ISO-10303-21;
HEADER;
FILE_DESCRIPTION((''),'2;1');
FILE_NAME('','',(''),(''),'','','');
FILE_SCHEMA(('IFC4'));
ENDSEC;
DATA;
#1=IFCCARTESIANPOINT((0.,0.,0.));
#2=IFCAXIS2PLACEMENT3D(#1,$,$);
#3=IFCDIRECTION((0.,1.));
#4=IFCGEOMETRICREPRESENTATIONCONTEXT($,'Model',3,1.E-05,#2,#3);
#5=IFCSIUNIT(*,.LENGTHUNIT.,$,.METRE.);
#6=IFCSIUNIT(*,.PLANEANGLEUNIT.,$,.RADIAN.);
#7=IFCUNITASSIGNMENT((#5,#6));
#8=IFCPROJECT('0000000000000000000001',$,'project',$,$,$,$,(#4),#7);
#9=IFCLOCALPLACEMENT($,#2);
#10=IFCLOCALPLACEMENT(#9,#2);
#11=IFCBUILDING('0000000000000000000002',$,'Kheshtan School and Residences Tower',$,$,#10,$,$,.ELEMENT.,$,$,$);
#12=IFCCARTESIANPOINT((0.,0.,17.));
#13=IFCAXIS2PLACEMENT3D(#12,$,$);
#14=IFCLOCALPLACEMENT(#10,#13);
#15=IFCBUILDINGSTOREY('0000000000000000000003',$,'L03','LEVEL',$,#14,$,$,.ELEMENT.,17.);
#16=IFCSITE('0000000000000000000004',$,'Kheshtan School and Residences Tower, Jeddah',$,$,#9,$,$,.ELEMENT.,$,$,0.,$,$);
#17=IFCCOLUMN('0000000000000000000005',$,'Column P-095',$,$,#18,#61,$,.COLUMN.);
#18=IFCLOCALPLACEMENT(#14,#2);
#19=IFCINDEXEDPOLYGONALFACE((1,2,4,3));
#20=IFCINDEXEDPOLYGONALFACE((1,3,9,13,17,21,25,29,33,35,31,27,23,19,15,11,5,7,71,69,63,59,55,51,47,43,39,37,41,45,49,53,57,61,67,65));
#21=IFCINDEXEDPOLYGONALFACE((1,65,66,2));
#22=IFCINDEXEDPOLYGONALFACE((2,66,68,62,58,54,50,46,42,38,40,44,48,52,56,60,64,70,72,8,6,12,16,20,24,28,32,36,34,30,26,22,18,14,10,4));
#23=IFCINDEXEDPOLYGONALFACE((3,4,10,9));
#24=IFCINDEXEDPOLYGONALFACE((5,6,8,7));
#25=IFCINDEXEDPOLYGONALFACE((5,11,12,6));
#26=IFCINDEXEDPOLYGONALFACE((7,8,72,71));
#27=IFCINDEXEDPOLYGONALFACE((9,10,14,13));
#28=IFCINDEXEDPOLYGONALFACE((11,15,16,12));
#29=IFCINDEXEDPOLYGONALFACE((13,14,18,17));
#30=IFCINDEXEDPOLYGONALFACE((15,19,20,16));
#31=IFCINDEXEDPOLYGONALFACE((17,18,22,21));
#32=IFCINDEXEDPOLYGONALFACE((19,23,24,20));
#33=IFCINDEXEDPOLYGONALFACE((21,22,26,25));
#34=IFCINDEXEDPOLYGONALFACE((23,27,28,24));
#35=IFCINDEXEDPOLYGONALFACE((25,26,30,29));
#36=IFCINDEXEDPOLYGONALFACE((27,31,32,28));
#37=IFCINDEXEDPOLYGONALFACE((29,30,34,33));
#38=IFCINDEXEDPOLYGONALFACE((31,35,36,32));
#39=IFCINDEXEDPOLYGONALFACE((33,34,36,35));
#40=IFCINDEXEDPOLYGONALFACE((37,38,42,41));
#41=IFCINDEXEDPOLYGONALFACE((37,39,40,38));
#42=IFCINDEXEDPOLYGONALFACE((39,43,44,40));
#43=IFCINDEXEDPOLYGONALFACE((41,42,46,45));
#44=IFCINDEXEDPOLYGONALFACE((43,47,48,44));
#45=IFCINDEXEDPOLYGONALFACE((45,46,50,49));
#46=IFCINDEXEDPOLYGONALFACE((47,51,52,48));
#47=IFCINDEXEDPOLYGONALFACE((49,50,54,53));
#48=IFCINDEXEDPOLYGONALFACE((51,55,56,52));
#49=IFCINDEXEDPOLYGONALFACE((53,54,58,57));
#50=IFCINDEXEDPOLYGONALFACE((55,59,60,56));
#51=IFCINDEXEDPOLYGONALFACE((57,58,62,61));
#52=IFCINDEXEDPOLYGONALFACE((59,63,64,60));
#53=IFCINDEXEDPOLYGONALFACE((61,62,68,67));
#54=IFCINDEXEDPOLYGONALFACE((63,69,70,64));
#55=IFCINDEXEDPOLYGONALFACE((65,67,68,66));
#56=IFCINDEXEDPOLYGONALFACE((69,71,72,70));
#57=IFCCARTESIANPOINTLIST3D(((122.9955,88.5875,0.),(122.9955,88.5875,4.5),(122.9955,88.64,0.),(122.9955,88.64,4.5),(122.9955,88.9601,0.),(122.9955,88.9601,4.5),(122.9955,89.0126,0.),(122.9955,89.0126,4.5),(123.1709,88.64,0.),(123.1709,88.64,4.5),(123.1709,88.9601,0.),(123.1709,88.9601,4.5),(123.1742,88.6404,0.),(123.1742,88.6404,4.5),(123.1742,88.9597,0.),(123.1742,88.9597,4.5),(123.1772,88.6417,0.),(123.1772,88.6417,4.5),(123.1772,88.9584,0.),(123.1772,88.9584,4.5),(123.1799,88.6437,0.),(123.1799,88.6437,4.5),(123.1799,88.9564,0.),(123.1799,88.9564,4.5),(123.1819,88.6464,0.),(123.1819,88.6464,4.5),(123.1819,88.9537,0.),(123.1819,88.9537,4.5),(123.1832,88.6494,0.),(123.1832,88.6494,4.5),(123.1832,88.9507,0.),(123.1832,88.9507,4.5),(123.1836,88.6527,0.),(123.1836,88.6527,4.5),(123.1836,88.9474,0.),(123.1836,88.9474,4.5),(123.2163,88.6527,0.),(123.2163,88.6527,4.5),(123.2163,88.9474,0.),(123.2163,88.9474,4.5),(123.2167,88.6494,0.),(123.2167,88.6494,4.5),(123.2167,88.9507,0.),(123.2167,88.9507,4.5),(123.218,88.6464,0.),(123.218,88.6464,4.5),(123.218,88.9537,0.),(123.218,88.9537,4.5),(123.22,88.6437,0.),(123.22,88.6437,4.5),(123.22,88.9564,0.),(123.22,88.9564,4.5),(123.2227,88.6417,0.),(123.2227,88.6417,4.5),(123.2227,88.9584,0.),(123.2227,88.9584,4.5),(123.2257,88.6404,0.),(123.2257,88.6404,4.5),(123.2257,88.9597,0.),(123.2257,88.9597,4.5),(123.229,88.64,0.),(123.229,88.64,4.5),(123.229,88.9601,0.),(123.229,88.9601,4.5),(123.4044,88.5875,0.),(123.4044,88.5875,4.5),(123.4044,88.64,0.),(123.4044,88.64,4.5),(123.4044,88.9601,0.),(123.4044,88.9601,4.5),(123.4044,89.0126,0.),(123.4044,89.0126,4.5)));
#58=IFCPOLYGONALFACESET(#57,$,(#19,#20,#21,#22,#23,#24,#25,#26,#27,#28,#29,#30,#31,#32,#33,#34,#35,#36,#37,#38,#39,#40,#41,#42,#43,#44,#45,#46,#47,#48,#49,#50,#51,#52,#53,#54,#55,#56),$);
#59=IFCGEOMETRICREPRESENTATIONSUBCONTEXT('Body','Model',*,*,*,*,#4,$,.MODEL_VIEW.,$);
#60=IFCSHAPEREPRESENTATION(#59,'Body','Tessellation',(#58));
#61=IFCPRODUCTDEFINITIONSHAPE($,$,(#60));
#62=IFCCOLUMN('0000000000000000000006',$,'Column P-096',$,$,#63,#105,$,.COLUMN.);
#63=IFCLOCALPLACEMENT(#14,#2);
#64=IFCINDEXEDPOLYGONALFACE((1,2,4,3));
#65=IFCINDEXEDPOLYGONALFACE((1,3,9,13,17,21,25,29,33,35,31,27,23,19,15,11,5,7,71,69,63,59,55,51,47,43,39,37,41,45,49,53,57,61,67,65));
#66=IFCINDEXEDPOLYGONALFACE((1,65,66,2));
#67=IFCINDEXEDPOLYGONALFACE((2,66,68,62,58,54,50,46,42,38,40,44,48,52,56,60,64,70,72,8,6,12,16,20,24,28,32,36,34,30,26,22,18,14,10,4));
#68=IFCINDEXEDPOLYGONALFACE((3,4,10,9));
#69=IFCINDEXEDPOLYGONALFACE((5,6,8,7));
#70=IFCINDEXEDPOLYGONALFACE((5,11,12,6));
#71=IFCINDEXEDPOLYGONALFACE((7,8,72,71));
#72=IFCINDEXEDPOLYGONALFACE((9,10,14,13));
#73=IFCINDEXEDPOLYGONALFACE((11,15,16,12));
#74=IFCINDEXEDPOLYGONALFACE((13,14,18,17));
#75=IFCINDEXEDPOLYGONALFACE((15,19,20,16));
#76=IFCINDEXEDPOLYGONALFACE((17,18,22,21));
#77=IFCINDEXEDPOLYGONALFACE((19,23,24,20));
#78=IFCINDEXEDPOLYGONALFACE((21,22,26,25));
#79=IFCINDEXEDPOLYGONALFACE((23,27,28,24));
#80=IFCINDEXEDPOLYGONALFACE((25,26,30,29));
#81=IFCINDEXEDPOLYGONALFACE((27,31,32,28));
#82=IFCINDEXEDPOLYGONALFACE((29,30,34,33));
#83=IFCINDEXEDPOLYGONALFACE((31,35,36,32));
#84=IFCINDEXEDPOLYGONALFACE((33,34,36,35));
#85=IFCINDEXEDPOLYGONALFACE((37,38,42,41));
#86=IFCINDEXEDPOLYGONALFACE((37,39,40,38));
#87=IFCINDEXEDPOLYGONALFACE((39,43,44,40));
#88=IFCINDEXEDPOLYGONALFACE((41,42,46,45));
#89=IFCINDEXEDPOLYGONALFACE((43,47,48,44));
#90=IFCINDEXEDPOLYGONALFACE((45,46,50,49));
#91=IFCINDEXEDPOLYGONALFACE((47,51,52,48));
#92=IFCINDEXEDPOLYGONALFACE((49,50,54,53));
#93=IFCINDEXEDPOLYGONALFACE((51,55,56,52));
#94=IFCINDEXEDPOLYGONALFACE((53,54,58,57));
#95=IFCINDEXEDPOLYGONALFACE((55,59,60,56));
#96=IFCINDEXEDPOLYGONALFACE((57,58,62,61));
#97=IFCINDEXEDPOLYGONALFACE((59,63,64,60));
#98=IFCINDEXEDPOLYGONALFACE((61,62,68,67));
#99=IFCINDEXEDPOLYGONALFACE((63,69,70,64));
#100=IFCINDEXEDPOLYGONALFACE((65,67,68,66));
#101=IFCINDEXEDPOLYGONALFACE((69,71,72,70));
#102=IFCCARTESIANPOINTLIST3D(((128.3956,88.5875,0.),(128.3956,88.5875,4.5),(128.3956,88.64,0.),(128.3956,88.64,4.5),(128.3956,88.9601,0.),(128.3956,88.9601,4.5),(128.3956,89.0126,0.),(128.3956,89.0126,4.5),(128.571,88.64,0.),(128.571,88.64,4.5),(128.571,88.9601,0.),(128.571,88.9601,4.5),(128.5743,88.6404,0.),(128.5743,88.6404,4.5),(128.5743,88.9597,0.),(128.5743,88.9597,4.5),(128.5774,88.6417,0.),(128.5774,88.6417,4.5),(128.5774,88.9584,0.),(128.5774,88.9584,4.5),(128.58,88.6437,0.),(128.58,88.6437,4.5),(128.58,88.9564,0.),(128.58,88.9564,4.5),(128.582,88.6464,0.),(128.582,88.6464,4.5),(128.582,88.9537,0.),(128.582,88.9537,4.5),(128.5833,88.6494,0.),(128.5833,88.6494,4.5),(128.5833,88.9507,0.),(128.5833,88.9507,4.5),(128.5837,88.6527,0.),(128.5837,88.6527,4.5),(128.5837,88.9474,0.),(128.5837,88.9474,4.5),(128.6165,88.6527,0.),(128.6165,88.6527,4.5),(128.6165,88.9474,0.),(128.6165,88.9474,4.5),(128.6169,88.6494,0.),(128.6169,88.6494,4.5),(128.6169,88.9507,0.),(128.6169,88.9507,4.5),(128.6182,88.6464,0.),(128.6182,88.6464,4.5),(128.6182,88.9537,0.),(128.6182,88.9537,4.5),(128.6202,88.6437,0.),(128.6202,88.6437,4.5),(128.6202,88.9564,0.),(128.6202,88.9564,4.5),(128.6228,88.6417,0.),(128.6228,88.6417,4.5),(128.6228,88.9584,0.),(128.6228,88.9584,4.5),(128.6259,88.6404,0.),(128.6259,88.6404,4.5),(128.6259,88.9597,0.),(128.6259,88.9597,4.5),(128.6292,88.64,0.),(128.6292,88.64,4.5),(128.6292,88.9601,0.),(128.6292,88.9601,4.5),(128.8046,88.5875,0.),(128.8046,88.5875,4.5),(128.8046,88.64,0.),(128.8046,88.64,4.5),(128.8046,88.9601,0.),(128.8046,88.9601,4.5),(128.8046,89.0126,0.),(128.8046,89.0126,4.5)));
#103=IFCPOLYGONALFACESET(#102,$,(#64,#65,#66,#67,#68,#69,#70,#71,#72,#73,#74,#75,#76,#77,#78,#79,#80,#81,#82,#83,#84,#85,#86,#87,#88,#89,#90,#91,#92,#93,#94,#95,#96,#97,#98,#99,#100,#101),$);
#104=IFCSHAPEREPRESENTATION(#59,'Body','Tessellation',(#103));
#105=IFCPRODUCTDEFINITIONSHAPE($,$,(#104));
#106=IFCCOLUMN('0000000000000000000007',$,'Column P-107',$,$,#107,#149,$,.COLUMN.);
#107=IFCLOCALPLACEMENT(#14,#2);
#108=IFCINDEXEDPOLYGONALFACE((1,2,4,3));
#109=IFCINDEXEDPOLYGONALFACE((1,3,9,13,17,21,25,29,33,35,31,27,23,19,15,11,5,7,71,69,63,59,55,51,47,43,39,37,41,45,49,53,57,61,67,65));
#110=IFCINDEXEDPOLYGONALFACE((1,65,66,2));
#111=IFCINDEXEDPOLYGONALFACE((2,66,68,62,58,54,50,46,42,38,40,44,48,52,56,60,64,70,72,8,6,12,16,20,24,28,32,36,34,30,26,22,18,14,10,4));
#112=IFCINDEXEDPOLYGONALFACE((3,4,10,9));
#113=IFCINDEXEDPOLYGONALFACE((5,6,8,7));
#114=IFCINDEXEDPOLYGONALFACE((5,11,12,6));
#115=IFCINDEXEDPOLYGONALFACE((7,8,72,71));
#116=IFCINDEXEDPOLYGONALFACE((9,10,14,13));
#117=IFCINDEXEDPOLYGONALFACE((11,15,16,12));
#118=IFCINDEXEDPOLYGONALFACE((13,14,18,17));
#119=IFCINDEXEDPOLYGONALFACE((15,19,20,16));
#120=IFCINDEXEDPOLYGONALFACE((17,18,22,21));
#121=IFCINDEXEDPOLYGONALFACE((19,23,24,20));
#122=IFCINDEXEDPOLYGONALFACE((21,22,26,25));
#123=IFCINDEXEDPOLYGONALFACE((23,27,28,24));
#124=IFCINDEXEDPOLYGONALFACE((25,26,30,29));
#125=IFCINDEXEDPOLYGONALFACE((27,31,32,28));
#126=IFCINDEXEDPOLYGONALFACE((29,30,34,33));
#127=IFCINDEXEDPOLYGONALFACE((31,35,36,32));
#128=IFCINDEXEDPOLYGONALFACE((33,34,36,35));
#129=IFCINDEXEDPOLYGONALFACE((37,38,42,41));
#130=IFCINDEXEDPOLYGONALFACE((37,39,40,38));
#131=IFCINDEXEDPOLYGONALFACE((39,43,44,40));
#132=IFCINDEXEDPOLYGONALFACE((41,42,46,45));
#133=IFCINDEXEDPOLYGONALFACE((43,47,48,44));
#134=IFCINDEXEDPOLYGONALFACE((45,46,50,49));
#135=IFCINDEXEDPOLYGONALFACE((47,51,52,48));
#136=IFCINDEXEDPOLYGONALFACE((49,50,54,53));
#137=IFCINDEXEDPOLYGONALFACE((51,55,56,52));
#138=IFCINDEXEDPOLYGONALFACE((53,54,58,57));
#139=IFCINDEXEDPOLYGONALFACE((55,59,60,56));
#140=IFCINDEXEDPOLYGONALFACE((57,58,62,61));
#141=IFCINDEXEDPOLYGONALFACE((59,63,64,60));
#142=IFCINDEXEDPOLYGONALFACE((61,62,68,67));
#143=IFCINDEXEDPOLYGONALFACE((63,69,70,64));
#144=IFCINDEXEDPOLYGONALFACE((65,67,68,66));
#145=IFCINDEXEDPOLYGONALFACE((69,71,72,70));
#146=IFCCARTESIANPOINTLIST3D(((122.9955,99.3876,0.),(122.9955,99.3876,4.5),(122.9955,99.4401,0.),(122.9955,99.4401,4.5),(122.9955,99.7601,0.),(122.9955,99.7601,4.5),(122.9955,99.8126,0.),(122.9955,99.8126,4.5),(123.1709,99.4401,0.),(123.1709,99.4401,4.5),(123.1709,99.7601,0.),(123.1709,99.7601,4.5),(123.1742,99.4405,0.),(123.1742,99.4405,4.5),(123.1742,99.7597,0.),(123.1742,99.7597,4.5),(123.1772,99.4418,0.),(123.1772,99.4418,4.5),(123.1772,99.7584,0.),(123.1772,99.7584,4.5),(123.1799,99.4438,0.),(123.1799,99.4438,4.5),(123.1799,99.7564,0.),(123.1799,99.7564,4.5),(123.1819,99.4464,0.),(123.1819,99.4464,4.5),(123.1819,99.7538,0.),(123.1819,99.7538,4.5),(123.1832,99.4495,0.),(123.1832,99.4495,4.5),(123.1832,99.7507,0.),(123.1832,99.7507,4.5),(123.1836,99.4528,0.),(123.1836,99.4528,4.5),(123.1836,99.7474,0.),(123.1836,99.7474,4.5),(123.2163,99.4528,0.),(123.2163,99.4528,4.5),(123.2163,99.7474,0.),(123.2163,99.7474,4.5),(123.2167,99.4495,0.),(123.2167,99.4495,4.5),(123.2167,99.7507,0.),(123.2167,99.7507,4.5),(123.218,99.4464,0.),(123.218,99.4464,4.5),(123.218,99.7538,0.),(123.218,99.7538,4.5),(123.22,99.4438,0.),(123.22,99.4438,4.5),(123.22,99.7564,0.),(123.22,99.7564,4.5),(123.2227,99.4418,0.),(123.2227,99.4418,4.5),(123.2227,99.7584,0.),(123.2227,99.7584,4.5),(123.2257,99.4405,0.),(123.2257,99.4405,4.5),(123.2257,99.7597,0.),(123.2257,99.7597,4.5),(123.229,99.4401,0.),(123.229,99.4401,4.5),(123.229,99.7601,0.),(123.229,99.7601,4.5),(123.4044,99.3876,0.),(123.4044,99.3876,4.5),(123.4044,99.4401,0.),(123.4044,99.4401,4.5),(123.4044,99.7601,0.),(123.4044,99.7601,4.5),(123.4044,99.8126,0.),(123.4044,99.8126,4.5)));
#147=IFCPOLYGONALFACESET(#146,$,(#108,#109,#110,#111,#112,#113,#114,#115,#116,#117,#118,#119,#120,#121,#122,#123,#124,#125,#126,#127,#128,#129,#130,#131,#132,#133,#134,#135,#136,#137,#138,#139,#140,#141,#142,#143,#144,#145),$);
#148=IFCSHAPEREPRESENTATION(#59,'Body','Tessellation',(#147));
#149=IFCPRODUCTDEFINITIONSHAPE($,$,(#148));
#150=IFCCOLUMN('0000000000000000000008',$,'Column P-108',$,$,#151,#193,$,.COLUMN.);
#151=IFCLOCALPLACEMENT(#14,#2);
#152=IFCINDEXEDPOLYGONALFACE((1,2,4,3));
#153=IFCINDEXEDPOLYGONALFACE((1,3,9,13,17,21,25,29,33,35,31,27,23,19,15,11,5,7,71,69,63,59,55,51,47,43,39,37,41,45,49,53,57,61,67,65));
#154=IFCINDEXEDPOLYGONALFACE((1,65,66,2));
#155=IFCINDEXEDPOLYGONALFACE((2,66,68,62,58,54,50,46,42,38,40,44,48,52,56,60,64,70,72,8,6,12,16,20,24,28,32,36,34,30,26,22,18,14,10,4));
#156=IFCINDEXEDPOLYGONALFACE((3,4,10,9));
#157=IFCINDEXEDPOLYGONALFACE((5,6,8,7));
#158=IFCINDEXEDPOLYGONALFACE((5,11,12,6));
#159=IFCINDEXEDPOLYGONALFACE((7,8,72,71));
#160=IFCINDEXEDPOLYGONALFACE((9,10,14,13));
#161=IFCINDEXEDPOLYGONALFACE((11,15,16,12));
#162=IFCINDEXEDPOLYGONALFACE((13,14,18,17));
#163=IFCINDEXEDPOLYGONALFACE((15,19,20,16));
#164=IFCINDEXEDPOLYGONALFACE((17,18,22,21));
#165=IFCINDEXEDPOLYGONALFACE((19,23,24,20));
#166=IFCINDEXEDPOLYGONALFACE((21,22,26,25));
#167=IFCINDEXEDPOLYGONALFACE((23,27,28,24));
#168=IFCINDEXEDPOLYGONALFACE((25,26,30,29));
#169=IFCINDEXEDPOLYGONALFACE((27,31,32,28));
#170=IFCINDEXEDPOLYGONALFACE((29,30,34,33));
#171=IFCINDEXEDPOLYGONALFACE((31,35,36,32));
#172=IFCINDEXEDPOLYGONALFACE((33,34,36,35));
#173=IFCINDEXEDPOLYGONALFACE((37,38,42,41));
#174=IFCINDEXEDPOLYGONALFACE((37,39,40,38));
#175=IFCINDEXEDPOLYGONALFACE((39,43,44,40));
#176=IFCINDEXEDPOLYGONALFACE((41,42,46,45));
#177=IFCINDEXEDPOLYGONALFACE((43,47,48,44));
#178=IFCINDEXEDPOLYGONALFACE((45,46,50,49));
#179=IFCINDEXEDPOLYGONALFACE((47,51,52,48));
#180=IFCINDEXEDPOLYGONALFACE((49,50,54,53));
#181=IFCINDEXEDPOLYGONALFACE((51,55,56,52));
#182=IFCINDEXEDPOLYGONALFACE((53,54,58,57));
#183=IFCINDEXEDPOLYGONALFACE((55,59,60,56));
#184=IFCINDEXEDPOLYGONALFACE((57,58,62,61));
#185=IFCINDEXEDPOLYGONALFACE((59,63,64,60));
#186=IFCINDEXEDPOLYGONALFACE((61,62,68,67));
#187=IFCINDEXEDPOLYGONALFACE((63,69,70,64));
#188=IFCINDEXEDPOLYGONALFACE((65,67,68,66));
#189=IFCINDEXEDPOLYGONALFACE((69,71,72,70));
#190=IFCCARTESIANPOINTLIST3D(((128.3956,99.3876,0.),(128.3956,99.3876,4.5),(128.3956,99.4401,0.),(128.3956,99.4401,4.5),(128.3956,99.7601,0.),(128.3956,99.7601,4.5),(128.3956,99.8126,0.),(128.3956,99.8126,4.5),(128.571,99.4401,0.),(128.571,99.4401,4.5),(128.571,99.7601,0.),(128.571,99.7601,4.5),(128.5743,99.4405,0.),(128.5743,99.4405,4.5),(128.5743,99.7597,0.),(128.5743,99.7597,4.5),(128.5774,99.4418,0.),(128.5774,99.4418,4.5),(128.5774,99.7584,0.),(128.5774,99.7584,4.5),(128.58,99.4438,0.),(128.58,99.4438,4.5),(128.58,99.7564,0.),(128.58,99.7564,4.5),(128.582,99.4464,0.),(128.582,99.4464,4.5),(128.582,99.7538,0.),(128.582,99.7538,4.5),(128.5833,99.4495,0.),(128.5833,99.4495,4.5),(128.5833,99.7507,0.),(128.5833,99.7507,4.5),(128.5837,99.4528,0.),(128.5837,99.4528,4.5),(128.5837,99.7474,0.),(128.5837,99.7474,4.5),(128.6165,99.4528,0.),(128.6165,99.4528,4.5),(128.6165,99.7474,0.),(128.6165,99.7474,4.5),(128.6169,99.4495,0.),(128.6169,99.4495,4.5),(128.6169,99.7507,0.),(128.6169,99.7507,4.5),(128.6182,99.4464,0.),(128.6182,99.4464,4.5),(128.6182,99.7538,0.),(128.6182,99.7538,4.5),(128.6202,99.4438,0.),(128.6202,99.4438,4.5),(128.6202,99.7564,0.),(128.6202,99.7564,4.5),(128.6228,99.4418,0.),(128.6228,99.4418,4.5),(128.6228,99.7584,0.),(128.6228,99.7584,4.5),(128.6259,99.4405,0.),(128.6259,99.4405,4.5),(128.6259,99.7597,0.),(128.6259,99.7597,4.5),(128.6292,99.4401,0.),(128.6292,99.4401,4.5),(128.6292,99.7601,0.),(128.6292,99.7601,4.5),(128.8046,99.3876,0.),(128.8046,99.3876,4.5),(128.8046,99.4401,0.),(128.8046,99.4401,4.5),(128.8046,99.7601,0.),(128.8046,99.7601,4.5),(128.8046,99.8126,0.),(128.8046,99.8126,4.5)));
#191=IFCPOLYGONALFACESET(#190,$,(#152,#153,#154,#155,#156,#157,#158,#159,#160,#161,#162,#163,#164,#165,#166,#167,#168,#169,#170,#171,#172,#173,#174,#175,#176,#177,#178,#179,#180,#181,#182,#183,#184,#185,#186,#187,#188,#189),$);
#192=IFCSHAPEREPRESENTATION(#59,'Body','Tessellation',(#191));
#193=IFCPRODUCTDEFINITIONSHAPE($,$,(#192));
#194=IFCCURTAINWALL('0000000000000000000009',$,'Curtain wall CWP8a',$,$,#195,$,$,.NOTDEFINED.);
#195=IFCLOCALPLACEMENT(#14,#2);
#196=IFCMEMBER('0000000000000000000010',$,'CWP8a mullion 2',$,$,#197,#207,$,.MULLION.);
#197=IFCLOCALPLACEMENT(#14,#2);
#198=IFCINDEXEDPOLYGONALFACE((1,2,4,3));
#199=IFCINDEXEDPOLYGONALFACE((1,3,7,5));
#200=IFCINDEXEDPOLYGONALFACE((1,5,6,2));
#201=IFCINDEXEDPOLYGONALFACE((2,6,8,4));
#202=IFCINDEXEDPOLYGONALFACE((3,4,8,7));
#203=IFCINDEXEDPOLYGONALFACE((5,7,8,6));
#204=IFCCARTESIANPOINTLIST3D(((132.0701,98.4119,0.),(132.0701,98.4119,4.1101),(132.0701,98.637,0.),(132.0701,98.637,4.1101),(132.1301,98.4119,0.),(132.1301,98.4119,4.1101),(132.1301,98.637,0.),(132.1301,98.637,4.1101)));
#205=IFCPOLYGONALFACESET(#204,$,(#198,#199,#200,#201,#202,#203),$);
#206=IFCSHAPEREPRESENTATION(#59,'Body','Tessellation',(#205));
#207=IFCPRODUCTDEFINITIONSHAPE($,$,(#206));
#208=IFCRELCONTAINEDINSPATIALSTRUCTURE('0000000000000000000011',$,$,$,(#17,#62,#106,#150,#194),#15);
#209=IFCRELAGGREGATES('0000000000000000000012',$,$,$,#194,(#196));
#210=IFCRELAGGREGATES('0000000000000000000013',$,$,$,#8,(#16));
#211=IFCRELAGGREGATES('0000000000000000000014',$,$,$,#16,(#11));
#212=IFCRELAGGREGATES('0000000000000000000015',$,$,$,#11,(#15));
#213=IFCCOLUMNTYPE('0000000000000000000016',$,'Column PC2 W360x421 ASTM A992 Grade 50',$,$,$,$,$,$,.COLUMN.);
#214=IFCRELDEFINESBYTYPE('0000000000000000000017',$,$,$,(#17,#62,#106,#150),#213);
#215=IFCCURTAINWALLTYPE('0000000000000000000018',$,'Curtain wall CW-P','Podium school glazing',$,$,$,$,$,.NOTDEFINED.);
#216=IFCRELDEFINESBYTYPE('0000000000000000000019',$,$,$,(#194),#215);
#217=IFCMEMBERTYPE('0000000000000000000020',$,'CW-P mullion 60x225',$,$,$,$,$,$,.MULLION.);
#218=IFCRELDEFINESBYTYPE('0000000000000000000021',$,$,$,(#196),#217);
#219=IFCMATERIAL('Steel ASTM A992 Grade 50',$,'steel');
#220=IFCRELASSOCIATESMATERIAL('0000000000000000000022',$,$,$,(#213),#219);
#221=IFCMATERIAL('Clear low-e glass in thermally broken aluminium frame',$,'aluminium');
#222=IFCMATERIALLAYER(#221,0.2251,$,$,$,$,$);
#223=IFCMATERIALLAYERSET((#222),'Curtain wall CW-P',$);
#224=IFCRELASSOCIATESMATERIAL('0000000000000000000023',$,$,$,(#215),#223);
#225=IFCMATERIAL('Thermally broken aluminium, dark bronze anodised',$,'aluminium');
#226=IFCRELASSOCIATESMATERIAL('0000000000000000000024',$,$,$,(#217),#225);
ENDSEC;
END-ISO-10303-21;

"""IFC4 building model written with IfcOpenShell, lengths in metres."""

from ifc_helpers import new_model, si_unit, direction, frame, origin, origin_2d, place, context, subcontext, project, spatial, rectangle, i_section, extrude, material, layer, layer_set, material_profile, profile_set, type_object, element, aggregate, save


model = new_model("IFC4")

# Units and contexts
model_context = context("Model", 3, precision=1e-05, world=origin(), true_north=direction((0.0, 1.0)))
body_context = subcontext(model_context, "Body", "Model", "MODEL_VIEW")
ifc_project = project(units=[si_unit("LENGTHUNIT", "METRE"), si_unit("PLANEANGLEUNIT", "RADIAN")], contexts=[model_context])

# Site, building, storey
site_placement = place(None, origin())
site = spatial("IfcSite", under=ifc_project, at=site_placement, Name="Kheshtan School and Residences Tower, Jeddah", CompositionType="ELEMENT", RefElevation=0.0)
building_placement = place(site_placement, origin())
building = spatial("IfcBuilding", under=site, at=building_placement, Name="Kheshtan School and Residences Tower", CompositionType="ELEMENT")
storey_placement = place(building_placement, frame((0.0, 0.0, 17.0)))
storey = spatial("IfcBuildingStorey", under=building, at=storey_placement, Name="L03", Description="LEVEL", CompositionType="ELEMENT", Elevation=17.0)

# Columns
ifc_material_1 = material(Name="Steel ASTM A992 Grade 50", Category="steel")
ifc_material_profile_1 = material_profile(ifc_material_1, i_section(OverallWidth=0.4089, OverallDepth=0.425, WebThickness=0.0327, FlangeThickness=0.0525, FilletRadius=0.0127, at=origin_2d()), Name="W360x421")
ifc_profile_set_1 = profile_set([ifc_material_profile_1], Name="Steel ASTM A992 Grade 50")
column_type = type_object("IfcColumnType", Name="Column PC2 W360x421 ASTM A992 Grade 50", PredefinedType="COLUMN", material=ifc_profile_set_1)
for number, where, z_axis, x_axis, name in (
    (1, (123.2, 88.8, 0.0), (0.0, 0.0, 1.0), (1.0, 0.0, 0.0), "Column P-095"),
    (2, (128.6001, 88.8, 0.0), (0.0, 0.0, 1.0), (1.0, 0.0, 0.0), "Column P-096"),
    (3, (123.2, 99.6001, 0.0), (0.0, 0.0, 1.0), (1.0, 0.0, 0.0), "Column P-107"),
    (4, (128.6001, 99.6001, 0.0), (0.0, 0.0, 1.0), (1.0, 0.0, 0.0), "Column P-108"),
):
    element("IfcColumn", number, at=place(storey_placement, frame(where, z_axis=z_axis, x_axis=x_axis)), inside=storey, type_object=column_type, Name=name, PredefinedType="COLUMN", context=body_context, shape_type="SweptSolid", body=[
        extrude(i_section(OverallWidth=0.4089, OverallDepth=0.425, WebThickness=0.0327, FlangeThickness=0.0525, FilletRadius=0.0127, at=origin_2d()), origin(), (0.0, 0.0, 1.0), 4.5),
    ])

# Curtain wall, member
ifc_material_2 = material(Name="Clear low-e glass in thermally broken aluminium frame", Category="aluminium")
ifc_layer_1 = layer(ifc_material_2, 0.2251)
ifc_layer_set_1 = layer_set([ifc_layer_1], Name="Curtain wall CW-P")
curtain_wall_type = type_object("IfcCurtainWallType", Name="Curtain wall CW-P", Description="Podium school glazing", PredefinedType="NOTDEFINED", material=ifc_layer_set_1)
curtain_wall_placement = place(storey_placement, origin())
curtain_wall = element("IfcCurtainWall", 5, at=curtain_wall_placement, inside=storey, type_object=curtain_wall_type, Name="Curtain wall CWP8a", PredefinedType="NOTDEFINED")
ifc_material_3 = material(Name="Thermally broken aluminium, dark bronze anodised", Category="aluminium")
ifc_material_profile_2 = material_profile(ifc_material_3, rectangle(XDim=0.0601, YDim=0.2251, at=origin_2d()), Name="CW-P mullion 60x225")
ifc_profile_set_2 = profile_set([ifc_material_profile_2], Name="Thermally broken aluminium, dark bronze anodised")
member_type = type_object("IfcMemberType", Name="CW-P mullion 60x225", PredefinedType="MULLION", material=ifc_profile_set_2)
member_1_placement = place(storey_placement, frame((132.1001, 98.5244, 0.0), z_axis=(0.0, 0.0, 1.0), x_axis=(1.0, 0.0, 0.0)))
member_1 = element("IfcMember", 6, at=member_1_placement, type_object=member_type, Name="CWP8a mullion 2", PredefinedType="MULLION", context=body_context, shape_type="SweptSolid", body=[
    extrude(rectangle(XDim=0.0601, YDim=0.2251, at=origin_2d()), origin(), (0.0, 0.0, 1.0), 4.1101),
])
aggregate(curtain_wall, [member_1])

save(model, "model.ifc")
